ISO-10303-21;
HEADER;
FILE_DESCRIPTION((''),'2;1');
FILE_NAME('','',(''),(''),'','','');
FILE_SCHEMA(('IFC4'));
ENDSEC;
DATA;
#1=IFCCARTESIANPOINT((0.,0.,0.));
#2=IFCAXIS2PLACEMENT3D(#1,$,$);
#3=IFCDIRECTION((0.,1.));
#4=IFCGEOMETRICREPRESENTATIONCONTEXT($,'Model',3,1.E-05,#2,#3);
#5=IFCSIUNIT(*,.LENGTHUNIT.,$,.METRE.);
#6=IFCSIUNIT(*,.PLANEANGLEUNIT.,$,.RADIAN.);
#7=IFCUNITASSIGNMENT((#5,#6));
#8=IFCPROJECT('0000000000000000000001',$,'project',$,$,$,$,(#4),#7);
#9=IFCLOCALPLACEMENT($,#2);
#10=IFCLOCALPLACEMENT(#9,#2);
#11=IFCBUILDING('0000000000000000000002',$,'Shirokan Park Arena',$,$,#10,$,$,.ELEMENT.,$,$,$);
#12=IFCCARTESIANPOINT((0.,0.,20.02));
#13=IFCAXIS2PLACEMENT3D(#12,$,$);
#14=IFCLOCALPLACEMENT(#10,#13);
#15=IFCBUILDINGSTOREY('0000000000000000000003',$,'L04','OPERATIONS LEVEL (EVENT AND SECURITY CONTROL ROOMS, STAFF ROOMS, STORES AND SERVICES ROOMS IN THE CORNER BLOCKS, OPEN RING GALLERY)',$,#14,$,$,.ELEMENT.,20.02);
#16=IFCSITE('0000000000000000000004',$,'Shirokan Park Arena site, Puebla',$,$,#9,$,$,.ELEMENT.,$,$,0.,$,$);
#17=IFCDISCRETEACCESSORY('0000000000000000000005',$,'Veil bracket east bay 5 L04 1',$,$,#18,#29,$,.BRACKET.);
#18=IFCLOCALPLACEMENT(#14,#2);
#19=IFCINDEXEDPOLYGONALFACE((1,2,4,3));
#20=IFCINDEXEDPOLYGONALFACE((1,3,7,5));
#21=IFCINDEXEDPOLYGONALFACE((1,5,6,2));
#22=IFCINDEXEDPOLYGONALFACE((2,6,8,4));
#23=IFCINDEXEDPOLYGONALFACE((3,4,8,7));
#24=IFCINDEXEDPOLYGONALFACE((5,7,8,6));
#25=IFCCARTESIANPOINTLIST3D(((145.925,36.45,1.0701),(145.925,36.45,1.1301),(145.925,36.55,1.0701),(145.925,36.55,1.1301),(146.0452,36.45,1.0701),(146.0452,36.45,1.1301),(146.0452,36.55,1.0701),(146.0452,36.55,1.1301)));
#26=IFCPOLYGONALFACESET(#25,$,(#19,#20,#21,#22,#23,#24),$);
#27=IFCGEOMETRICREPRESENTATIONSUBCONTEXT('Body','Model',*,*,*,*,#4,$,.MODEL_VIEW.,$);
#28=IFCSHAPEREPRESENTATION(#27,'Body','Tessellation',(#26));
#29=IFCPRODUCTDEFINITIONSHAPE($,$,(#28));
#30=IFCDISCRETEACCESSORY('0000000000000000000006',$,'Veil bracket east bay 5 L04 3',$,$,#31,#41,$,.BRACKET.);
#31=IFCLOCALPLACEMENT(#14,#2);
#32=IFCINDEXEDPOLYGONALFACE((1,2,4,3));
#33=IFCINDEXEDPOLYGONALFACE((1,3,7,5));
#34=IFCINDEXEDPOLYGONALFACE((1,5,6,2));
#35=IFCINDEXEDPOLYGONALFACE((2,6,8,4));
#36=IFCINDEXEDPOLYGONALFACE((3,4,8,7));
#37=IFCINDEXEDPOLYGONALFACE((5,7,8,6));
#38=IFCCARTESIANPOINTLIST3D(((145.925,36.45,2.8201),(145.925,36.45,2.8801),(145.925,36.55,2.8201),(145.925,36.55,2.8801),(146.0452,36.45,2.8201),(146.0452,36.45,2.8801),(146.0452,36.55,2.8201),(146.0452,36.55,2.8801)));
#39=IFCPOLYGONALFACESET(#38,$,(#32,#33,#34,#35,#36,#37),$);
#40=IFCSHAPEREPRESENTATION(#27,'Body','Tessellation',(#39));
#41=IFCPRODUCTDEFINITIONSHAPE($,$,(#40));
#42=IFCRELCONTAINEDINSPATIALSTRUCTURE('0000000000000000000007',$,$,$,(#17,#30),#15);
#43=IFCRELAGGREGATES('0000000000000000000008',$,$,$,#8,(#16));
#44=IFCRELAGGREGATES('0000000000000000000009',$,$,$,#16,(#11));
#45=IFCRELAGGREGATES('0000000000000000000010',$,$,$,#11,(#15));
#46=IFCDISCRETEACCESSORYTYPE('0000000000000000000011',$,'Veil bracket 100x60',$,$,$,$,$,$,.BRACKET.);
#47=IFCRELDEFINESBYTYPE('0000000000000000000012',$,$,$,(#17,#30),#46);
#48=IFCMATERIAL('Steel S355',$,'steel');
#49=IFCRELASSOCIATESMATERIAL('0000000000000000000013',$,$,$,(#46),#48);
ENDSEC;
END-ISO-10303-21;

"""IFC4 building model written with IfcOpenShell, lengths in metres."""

from ifc_helpers import new_model, si_unit, direction, frame, origin, origin_2d, place, context, subcontext, project, spatial, rectangle, extrude, material, type_object, element, save


model = new_model("IFC4")

# Units and contexts
model_context = context("Model", 3, precision=1e-05, world=origin(), true_north=direction((0.0, 1.0)))
body_context = subcontext(model_context, "Body", "Model", "MODEL_VIEW")
ifc_project = project(units=[si_unit("LENGTHUNIT", "METRE"), si_unit("PLANEANGLEUNIT", "RADIAN")], contexts=[model_context])

# Site, building, storey
site_placement = place(None, origin())
site = spatial("IfcSite", under=ifc_project, at=site_placement, Name="Shirokan Park Arena site, Puebla", CompositionType="ELEMENT", RefElevation=0.0)
building_placement = place(site_placement, origin())
building = spatial("IfcBuilding", under=site, at=building_placement, Name="Shirokan Park Arena", CompositionType="ELEMENT")
storey_placement = place(building_placement, frame((0.0, 0.0, 20.02)))
storey = spatial("IfcBuildingStorey", under=building, at=storey_placement, Name="L04", Description="OPERATIONS LEVEL (EVENT AND SECURITY CONTROL ROOMS, STAFF ROOMS, STORES AND SERVICES ROOMS IN THE CORNER BLOCKS, OPEN RING GALLERY)", CompositionType="ELEMENT", Elevation=20.02)

# Discrete accessories
ifc_material_1 = material(Name="Steel S355", Category="steel")
discrete_accessory_type = type_object("IfcDiscreteAccessoryType", Name="Veil bracket 100x60", PredefinedType="BRACKET", material=ifc_material_1)
for number, where, z_axis, x_axis, name in (
    (1, (145.9851, 36.5, 1.0701), (0.0, 0.0, 1.0), (0.0, 1.0, 0.0), "Veil bracket east bay 5 L04 1"),
    (2, (145.9851, 36.5, 2.8201), (0.0, 0.0, 1.0), (0.0, 1.0, 0.0), "Veil bracket east bay 5 L04 3"),
):
    element("IfcDiscreteAccessory", number, at=place(storey_placement, frame(where, z_axis=z_axis, x_axis=x_axis)), inside=storey, type_object=discrete_accessory_type, Name=name, PredefinedType="BRACKET", context=body_context, shape_type="SweptSolid", body=[
        extrude(rectangle(XDim=0.1001, YDim=0.1201, at=origin_2d()), origin(), (0.0, 0.0, 1.0), 0.0601),
    ])

save(model, "model.ifc")
